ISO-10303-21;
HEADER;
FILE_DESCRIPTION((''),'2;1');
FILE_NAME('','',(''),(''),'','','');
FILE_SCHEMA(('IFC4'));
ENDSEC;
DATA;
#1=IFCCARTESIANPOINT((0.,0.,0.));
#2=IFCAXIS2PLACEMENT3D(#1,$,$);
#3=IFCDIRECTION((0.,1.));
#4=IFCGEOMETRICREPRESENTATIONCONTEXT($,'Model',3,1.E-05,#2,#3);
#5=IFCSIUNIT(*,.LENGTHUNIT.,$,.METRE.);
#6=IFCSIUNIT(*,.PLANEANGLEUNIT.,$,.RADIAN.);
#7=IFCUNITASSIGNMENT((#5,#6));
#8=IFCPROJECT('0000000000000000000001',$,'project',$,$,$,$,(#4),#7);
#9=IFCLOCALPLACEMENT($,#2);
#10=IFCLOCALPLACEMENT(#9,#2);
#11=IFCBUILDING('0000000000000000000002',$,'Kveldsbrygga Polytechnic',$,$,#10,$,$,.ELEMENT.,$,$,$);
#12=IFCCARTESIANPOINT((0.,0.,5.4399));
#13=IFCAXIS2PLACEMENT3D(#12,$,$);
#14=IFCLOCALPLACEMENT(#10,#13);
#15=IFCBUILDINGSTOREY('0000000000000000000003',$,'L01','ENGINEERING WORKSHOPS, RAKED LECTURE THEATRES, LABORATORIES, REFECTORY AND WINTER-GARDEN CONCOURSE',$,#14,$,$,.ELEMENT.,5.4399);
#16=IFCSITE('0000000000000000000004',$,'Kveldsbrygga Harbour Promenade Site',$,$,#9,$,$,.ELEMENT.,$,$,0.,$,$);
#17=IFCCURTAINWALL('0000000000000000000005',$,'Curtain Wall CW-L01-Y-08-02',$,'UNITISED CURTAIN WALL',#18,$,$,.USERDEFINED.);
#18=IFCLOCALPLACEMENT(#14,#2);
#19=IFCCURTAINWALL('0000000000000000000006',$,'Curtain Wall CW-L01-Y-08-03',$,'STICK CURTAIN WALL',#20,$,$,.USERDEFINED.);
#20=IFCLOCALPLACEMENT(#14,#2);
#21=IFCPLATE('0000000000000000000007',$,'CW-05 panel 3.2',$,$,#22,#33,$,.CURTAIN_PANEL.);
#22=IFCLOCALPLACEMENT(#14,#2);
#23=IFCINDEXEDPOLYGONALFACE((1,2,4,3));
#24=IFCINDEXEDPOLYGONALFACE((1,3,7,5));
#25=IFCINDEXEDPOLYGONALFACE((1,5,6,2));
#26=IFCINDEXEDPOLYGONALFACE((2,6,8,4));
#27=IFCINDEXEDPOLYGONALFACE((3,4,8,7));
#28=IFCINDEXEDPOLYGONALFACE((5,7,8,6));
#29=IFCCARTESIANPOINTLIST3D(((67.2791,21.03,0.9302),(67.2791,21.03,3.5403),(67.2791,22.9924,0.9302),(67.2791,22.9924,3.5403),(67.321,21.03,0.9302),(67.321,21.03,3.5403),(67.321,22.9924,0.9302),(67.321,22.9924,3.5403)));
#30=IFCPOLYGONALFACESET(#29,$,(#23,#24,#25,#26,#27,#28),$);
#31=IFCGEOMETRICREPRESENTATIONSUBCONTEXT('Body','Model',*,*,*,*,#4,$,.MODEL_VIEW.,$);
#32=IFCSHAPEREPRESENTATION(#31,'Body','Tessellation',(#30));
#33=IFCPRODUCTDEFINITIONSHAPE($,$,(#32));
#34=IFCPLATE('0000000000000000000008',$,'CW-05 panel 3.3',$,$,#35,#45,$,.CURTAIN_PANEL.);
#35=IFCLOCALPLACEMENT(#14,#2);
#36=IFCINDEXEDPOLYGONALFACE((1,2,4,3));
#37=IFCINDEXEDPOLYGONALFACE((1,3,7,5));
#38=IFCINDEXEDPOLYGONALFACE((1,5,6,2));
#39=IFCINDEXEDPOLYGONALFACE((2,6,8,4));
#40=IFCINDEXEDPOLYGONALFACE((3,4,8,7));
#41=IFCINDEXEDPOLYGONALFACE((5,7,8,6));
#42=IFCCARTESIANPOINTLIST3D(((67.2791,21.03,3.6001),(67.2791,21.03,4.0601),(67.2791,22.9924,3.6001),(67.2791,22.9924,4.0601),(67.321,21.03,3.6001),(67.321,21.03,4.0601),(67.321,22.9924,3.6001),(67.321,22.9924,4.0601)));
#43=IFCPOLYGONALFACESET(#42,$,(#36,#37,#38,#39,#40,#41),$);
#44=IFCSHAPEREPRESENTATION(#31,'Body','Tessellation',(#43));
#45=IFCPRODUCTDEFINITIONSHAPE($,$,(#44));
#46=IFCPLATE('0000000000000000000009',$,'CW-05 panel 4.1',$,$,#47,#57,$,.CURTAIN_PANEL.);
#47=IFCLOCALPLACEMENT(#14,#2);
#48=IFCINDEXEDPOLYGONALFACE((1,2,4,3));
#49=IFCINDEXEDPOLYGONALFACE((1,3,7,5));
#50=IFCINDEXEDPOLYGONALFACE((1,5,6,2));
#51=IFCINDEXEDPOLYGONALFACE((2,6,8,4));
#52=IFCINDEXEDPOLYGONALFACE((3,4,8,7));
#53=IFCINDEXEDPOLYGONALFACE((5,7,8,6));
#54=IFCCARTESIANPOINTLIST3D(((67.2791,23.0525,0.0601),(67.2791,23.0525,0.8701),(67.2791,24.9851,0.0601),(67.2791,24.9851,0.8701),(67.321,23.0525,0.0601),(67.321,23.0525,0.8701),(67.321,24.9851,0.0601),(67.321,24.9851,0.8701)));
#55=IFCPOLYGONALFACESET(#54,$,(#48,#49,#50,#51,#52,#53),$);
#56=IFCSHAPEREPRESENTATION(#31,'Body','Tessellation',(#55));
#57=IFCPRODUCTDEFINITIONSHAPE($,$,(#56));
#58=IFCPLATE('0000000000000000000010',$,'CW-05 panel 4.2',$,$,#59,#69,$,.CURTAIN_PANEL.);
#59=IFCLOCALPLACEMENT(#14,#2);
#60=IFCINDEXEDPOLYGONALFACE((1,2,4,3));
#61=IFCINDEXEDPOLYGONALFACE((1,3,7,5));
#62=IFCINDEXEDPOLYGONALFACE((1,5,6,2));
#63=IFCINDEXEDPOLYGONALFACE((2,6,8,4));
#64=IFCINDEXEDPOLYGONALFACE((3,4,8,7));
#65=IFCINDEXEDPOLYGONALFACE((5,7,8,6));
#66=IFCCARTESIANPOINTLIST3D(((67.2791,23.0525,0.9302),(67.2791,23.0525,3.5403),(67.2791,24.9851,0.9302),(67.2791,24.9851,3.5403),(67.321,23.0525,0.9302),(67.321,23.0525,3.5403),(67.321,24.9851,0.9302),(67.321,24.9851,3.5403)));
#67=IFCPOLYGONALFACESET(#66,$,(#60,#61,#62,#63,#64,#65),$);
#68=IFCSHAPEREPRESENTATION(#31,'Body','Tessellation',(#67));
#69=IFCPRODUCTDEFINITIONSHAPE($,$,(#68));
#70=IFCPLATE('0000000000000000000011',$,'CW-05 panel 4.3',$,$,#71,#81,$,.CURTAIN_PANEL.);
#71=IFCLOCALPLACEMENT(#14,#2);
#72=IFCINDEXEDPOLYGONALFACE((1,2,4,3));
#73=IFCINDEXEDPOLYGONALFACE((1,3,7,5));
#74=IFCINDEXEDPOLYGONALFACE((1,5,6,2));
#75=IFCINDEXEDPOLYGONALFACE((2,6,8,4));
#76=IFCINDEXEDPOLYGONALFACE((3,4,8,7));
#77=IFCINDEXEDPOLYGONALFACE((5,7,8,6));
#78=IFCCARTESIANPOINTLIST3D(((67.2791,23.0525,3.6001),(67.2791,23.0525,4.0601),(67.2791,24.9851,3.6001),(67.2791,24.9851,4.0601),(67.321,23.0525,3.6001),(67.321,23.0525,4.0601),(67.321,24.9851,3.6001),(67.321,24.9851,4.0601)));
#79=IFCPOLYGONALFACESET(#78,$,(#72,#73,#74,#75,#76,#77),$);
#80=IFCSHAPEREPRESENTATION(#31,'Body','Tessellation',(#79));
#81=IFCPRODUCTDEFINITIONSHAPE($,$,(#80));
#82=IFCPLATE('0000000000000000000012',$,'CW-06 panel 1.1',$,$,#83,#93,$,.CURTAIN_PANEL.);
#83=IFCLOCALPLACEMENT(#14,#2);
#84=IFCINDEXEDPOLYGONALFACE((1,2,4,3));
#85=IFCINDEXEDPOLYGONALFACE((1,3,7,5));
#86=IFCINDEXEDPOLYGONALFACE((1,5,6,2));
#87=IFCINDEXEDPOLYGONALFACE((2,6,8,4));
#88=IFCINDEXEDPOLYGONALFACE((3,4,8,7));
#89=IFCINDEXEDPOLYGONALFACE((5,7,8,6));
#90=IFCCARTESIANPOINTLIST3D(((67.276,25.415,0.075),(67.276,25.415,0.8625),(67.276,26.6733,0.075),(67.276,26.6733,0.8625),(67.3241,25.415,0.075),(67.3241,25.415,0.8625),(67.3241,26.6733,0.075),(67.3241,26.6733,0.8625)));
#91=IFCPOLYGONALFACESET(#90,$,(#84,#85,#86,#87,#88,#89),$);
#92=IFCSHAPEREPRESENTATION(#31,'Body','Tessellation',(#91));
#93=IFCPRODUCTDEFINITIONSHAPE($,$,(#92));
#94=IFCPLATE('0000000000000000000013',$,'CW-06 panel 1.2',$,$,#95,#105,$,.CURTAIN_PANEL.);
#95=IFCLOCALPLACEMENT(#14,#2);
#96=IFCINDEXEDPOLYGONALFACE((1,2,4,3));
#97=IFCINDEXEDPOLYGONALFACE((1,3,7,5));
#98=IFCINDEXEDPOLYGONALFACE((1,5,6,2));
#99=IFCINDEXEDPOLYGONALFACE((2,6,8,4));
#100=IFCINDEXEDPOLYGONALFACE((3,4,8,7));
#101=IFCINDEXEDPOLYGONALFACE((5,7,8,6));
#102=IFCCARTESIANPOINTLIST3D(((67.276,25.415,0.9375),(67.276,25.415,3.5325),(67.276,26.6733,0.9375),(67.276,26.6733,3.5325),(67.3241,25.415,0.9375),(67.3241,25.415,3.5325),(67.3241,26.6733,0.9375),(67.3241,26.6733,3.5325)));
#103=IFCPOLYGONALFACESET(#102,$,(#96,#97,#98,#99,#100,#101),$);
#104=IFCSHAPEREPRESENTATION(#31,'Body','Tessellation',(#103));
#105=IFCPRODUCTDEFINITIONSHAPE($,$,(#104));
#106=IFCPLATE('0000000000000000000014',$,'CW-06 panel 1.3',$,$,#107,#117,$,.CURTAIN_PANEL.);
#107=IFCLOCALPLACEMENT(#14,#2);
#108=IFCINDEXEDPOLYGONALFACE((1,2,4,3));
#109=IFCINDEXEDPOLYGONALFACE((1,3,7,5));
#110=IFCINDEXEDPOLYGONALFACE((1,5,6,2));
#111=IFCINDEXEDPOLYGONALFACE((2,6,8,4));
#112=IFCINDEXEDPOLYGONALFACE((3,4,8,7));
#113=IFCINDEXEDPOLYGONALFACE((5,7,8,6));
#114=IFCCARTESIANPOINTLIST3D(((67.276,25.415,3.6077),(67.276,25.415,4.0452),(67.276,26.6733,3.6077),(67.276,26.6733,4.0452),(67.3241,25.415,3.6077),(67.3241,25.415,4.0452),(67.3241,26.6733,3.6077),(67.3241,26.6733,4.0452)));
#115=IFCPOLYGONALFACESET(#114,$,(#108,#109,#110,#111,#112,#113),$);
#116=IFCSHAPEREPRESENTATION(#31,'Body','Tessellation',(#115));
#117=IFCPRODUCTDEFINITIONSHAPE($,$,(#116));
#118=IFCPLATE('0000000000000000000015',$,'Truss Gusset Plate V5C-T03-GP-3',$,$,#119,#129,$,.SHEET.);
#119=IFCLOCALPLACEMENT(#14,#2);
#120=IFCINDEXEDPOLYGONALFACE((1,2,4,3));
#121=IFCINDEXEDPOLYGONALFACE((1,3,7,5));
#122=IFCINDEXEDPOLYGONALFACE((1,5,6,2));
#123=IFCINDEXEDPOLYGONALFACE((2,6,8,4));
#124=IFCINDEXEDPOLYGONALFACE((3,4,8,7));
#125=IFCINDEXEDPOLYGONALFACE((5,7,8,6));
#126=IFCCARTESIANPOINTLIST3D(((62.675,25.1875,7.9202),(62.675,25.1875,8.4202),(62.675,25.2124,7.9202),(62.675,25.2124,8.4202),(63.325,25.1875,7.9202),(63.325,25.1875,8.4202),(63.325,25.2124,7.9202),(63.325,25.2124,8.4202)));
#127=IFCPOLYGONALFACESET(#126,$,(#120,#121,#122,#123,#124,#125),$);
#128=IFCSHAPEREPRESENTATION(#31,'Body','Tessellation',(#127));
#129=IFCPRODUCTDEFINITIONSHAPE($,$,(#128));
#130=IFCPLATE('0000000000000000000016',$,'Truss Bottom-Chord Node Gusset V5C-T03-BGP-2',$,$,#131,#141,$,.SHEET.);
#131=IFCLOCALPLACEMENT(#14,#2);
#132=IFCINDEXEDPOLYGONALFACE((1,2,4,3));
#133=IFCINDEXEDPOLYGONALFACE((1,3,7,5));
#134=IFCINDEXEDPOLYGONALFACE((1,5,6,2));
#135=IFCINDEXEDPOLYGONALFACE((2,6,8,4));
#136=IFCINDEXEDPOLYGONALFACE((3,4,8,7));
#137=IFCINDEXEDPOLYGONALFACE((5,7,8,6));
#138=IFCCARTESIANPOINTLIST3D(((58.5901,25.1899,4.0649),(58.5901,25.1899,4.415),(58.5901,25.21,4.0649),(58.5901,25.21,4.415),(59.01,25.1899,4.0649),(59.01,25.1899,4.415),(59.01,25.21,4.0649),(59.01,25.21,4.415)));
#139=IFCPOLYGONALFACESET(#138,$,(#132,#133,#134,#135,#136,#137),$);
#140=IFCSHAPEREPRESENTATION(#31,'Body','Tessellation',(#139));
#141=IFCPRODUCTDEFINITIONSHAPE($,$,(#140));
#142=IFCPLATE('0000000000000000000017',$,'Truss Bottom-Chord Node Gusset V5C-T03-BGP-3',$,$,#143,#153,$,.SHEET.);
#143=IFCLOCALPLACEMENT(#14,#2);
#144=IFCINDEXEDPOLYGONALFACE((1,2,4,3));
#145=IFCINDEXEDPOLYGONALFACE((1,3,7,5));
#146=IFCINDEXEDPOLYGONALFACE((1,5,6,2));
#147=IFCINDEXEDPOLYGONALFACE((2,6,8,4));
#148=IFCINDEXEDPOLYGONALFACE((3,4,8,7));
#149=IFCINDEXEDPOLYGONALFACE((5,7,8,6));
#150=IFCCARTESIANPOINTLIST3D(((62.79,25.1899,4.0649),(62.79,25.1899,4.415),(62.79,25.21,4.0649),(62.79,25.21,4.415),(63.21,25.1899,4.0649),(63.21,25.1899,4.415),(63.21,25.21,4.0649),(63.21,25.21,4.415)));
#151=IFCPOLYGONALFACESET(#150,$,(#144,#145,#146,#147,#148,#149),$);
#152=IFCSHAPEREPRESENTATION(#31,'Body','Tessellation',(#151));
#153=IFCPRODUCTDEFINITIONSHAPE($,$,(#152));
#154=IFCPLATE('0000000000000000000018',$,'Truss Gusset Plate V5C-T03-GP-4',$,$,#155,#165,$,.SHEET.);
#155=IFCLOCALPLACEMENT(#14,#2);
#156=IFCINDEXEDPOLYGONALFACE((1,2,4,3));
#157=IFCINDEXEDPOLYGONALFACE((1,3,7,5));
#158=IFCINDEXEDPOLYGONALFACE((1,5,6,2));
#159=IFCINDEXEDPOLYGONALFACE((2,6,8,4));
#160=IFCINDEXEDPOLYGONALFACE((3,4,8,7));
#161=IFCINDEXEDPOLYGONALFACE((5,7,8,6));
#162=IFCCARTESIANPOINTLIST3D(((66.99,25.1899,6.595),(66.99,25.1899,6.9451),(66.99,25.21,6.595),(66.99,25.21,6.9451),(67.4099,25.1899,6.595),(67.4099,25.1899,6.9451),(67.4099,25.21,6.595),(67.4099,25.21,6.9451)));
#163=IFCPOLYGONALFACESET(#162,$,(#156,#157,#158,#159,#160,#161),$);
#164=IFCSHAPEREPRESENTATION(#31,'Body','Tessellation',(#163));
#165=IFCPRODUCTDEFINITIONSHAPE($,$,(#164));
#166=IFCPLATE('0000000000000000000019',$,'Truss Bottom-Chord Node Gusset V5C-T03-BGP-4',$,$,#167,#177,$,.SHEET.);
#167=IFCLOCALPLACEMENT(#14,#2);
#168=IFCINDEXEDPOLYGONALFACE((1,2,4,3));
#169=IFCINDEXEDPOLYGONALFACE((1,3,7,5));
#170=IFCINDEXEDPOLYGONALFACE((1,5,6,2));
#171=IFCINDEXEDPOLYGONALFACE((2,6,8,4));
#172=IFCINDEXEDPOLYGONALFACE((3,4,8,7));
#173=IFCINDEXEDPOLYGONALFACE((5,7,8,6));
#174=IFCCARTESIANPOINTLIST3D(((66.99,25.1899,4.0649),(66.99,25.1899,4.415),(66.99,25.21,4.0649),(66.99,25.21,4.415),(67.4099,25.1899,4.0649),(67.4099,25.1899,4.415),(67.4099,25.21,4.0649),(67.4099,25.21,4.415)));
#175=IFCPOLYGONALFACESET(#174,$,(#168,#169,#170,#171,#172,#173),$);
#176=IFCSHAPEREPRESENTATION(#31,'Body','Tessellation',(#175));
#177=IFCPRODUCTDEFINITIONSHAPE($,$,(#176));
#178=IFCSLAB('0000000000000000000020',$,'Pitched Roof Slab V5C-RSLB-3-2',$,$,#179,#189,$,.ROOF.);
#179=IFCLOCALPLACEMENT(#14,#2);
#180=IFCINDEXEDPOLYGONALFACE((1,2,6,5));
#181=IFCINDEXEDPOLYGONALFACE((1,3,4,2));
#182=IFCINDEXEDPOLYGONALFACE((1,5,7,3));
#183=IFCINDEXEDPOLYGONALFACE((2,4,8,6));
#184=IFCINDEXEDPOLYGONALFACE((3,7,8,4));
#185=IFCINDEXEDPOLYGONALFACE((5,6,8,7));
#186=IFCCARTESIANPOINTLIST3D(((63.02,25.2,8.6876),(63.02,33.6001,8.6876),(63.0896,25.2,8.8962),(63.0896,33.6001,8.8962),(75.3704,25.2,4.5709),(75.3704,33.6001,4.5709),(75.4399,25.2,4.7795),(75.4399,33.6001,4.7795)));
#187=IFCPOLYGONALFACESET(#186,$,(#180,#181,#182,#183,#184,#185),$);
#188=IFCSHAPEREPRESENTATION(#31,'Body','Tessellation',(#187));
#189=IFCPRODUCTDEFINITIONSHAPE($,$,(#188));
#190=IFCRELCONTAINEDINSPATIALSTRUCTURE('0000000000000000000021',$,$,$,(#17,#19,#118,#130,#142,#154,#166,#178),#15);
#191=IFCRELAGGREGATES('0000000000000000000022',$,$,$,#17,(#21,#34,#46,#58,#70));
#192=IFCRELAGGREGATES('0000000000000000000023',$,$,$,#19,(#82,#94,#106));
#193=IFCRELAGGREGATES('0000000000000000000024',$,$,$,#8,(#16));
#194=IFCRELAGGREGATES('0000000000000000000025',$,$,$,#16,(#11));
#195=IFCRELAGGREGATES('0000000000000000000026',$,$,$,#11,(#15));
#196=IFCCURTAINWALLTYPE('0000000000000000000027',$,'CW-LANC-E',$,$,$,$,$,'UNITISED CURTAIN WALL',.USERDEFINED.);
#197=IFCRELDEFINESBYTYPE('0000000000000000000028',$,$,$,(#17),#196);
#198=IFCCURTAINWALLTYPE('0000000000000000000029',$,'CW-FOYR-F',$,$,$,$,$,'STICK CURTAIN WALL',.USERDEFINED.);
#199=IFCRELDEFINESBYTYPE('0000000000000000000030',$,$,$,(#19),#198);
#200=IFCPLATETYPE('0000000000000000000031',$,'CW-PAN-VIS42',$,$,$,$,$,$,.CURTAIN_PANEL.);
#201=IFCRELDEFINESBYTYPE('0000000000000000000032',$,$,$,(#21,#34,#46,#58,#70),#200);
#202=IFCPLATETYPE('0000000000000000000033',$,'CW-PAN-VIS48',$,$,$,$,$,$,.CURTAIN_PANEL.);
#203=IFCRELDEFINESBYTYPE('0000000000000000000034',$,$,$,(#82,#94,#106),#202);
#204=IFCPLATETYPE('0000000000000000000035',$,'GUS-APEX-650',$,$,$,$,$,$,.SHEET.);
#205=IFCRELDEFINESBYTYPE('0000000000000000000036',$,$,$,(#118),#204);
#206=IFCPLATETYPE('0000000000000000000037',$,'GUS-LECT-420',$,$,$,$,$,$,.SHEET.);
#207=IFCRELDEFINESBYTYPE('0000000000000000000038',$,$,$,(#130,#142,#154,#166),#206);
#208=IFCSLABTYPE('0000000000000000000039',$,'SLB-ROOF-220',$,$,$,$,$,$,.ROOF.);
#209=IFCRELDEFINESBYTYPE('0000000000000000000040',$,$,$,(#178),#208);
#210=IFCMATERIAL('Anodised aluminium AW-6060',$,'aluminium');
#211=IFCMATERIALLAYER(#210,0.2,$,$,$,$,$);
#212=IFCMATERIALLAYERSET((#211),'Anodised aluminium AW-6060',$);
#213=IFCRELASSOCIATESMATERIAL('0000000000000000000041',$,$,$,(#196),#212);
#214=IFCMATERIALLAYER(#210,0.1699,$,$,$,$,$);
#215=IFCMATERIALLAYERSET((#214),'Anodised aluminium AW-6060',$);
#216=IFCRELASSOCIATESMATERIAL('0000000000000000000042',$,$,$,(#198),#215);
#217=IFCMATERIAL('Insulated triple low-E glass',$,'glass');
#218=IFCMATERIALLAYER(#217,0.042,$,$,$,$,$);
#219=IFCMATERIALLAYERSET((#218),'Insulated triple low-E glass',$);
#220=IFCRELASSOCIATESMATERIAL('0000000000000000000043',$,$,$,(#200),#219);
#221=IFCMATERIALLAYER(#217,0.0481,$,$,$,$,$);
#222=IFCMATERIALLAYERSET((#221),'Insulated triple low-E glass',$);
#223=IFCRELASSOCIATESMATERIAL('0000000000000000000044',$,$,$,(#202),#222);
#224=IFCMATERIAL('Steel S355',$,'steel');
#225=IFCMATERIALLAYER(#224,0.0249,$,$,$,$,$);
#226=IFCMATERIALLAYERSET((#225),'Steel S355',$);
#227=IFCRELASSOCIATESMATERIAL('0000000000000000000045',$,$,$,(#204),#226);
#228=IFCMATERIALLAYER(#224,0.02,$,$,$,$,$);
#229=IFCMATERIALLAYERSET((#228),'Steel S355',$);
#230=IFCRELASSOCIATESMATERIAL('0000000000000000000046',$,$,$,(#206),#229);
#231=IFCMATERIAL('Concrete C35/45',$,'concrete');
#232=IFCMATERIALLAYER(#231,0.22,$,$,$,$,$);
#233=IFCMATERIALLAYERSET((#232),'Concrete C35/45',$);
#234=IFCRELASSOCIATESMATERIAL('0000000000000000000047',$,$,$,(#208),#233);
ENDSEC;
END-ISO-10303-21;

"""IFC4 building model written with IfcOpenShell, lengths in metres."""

from ifc_helpers import new_model, si_unit, direction, frame, origin, origin_2d, place, context, subcontext, project, spatial, polyline, rectangle, outline, extrude, material, layer, layer_set, type_object, element, aggregate, save


model = new_model("IFC4")

# Units and contexts
model_context = context("Model", 3, precision=1e-05, world=origin(), true_north=direction((0.0, 1.0)))
body_context = subcontext(model_context, "Body", "Model", "MODEL_VIEW")
ifc_project = project(units=[si_unit("LENGTHUNIT", "METRE"), si_unit("PLANEANGLEUNIT", "RADIAN")], contexts=[model_context])

# Site, building, storey
site_placement = place(None, origin())
site = spatial("IfcSite", under=ifc_project, at=site_placement, Name="Kveldsbrygga Harbour Promenade Site", CompositionType="ELEMENT", RefElevation=0.0)
building_placement = place(site_placement, origin())
building = spatial("IfcBuilding", under=site, at=building_placement, Name="Kveldsbrygga Polytechnic", CompositionType="ELEMENT")
storey_placement = place(building_placement, frame((0.0, 0.0, 5.4399)))
storey = spatial("IfcBuildingStorey", under=building, at=storey_placement, Name="L01", Description="ENGINEERING WORKSHOPS, RAKED LECTURE THEATRES, LABORATORIES, REFECTORY AND WINTER-GARDEN CONCOURSE", CompositionType="ELEMENT", Elevation=5.4399)

# Shared definitions
ifc_material_1 = material(Name="Steel S355", Category="steel")

# Curtain walls
ifc_material_2 = material(Name="Anodised aluminium AW-6060", Category="aluminium")
ifc_layer_1 = layer(ifc_material_2, 0.2)
ifc_layer_set_1 = layer_set([ifc_layer_1], Name="Anodised aluminium AW-6060")
curtain_wall_type_1 = type_object("IfcCurtainWallType", Name="CW-LANC-E", ElementType="UNITISED CURTAIN WALL", PredefinedType="USERDEFINED", material=ifc_layer_set_1)
curtain_wall_1_placement = place(storey_placement, origin())
curtain_wall_1 = element("IfcCurtainWall", 1, at=curtain_wall_1_placement, inside=storey, type_object=curtain_wall_type_1, Name="Curtain Wall CW-L01-Y-08-02", ObjectType="UNITISED CURTAIN WALL", PredefinedType="USERDEFINED")
ifc_layer_2 = layer(ifc_material_2, 0.1699)
ifc_layer_set_2 = layer_set([ifc_layer_2], Name="Anodised aluminium AW-6060")
curtain_wall_type_2 = type_object("IfcCurtainWallType", Name="CW-FOYR-F", ElementType="STICK CURTAIN WALL", PredefinedType="USERDEFINED", material=ifc_layer_set_2)
curtain_wall_2_placement = place(storey_placement, origin())
curtain_wall_2 = element("IfcCurtainWall", 2, at=curtain_wall_2_placement, inside=storey, type_object=curtain_wall_type_2, Name="Curtain Wall CW-L01-Y-08-03", ObjectType="STICK CURTAIN WALL", PredefinedType="USERDEFINED")

# Plates
ifc_material_3 = material(Name="Insulated triple low-E glass", Category="glass")
ifc_layer_3 = layer(ifc_material_3, 0.042)
ifc_layer_set_3 = layer_set([ifc_layer_3], Name="Insulated triple low-E glass")
plate_type_1 = type_object("IfcPlateType", Name="CW-PAN-VIS42", PredefinedType="CURTAIN_PANEL", material=ifc_layer_set_3)
plate_1_placement = place(storey_placement, frame((67.3, 22.0112, 0.9302), z_axis=(0.0, 0.0, 1.0), x_axis=(0.0, 1.0, 0.0)))
plate_1 = element("IfcPlate", 3, at=plate_1_placement, type_object=plate_type_1, Name="CW-05 panel 3.2", PredefinedType="CURTAIN_PANEL", context=body_context, shape_type="SweptSolid", body=[
    extrude(rectangle(XDim=1.9624, YDim=0.042, at=origin_2d()), origin(), (0.0, 0.0, 1.0), 2.6101),
])
plate_2_placement = place(storey_placement, frame((67.3, 22.0112, 3.6001), z_axis=(0.0, 0.0, 1.0), x_axis=(0.0, 1.0, 0.0)))
plate_2 = element("IfcPlate", 4, at=plate_2_placement, type_object=plate_type_1, Name="CW-05 panel 3.3", PredefinedType="CURTAIN_PANEL", context=body_context, shape_type="SweptSolid", body=[
    extrude(rectangle(XDim=1.9624, YDim=0.042, at=origin_2d()), origin(), (0.0, 0.0, 1.0), 0.46),
])
plate_3_placement = place(storey_placement, frame((67.3, 24.0188, 0.0601), z_axis=(0.0, 0.0, 1.0), x_axis=(0.0, 1.0, 0.0)))
plate_3 = element("IfcPlate", 5, at=plate_3_placement, type_object=plate_type_1, Name="CW-05 panel 4.1", PredefinedType="CURTAIN_PANEL", context=body_context, shape_type="SweptSolid", body=[
    extrude(rectangle(XDim=1.9326, YDim=0.042, at=origin_2d()), origin(), (0.0, 0.0, 1.0), 0.8101),
])
plate_4_placement = place(storey_placement, frame((67.3, 24.0188, 0.9302), z_axis=(0.0, 0.0, 1.0), x_axis=(0.0, 1.0, 0.0)))
plate_4 = element("IfcPlate", 6, at=plate_4_placement, type_object=plate_type_1, Name="CW-05 panel 4.2", PredefinedType="CURTAIN_PANEL", context=body_context, shape_type="SweptSolid", body=[
    extrude(rectangle(XDim=1.9326, YDim=0.042, at=origin_2d()), origin(), (0.0, 0.0, 1.0), 2.6101),
])
plate_5_placement = place(storey_placement, frame((67.3, 24.0188, 3.6001), z_axis=(0.0, 0.0, 1.0), x_axis=(0.0, 1.0, 0.0)))
plate_5 = element("IfcPlate", 7, at=plate_5_placement, type_object=plate_type_1, Name="CW-05 panel 4.3", PredefinedType="CURTAIN_PANEL", context=body_context, shape_type="SweptSolid", body=[
    extrude(rectangle(XDim=1.9326, YDim=0.042, at=origin_2d()), origin(), (0.0, 0.0, 1.0), 0.46),
])
aggregate(curtain_wall_1, [plate_1, plate_2, plate_3, plate_4, plate_5])
ifc_layer_4 = layer(ifc_material_3, 0.0481)
ifc_layer_set_4 = layer_set([ifc_layer_4], Name="Insulated triple low-E glass")
plate_type_2 = type_object("IfcPlateType", Name="CW-PAN-VIS48", PredefinedType="CURTAIN_PANEL", material=ifc_layer_set_4)
plate_6_placement = place(storey_placement, frame((67.3, 26.0442, 0.075), z_axis=(0.0, 0.0, 1.0), x_axis=(0.0, 1.0, 0.0)))
plate_6 = element("IfcPlate", 8, at=plate_6_placement, type_object=plate_type_2, Name="CW-06 panel 1.1", PredefinedType="CURTAIN_PANEL", context=body_context, shape_type="SweptSolid", body=[
    extrude(rectangle(XDim=1.2583, YDim=0.0481, at=origin_2d()), origin(), (0.0, 0.0, 1.0), 0.7876),
])
plate_7_placement = place(storey_placement, frame((67.3, 26.0442, 0.9375), z_axis=(0.0, 0.0, 1.0), x_axis=(0.0, 1.0, 0.0)))
plate_7 = element("IfcPlate", 9, at=plate_7_placement, type_object=plate_type_2, Name="CW-06 panel 1.2", PredefinedType="CURTAIN_PANEL", context=body_context, shape_type="SweptSolid", body=[
    extrude(rectangle(XDim=1.2583, YDim=0.0481, at=origin_2d()), origin(), (0.0, 0.0, 1.0), 2.595),
])
plate_8_placement = place(storey_placement, frame((67.3, 26.0442, 3.6077), z_axis=(0.0, 0.0, 1.0), x_axis=(0.0, 1.0, 0.0)))
plate_8 = element("IfcPlate", 10, at=plate_8_placement, type_object=plate_type_2, Name="CW-06 panel 1.3", PredefinedType="CURTAIN_PANEL", context=body_context, shape_type="SweptSolid", body=[
    extrude(rectangle(XDim=1.2583, YDim=0.0481, at=origin_2d()), origin(), (0.0, 0.0, 1.0), 0.4375),
])
aggregate(curtain_wall_2, [plate_6, plate_7, plate_8])

# Plates
ifc_layer_5 = layer(ifc_material_1, 0.0249)
ifc_layer_set_5 = layer_set([ifc_layer_5], Name="Steel S355")
plate_type_3 = type_object("IfcPlateType", Name="GUS-APEX-650", PredefinedType="SHEET", material=ifc_layer_set_5)
plate_9_placement = place(storey_placement, frame((63.0, 25.2, 7.9202), z_axis=(0.0, 0.0, 1.0), x_axis=(1.0, 0.0, 0.0)))
element("IfcPlate", 11, at=plate_9_placement, inside=storey, type_object=plate_type_3, Name="Truss Gusset Plate V5C-T03-GP-3", PredefinedType="SHEET", context=body_context, shape_type="SweptSolid", body=[
    extrude(rectangle(XDim=0.6499, YDim=0.0249, at=origin_2d()), origin(), (0.0, 0.0, 1.0), 0.5),
])
ifc_layer_6 = layer(ifc_material_1, 0.02)
ifc_layer_set_6 = layer_set([ifc_layer_6], Name="Steel S355")
plate_type_4 = type_object("IfcPlateType", Name="GUS-LECT-420", PredefinedType="SHEET", material=ifc_layer_set_6)
for number, where, z_axis, x_axis, name in (
    (12, (58.8, 25.2, 4.0649), (0.0, 0.0, 1.0), (1.0, 0.0, 0.0), "Truss Bottom-Chord Node Gusset V5C-T03-BGP-2"),
    (13, (63.0, 25.2, 4.0649), (0.0, 0.0, 1.0), (1.0, 0.0, 0.0), "Truss Bottom-Chord Node Gusset V5C-T03-BGP-3"),
    (14, (67.2, 25.2, 6.595), (0.0, 0.0, 1.0), (1.0, 0.0, 0.0), "Truss Gusset Plate V5C-T03-GP-4"),
    (15, (67.2, 25.2, 4.0649), (0.0, 0.0, 1.0), (1.0, 0.0, 0.0), "Truss Bottom-Chord Node Gusset V5C-T03-BGP-4"),
):
    element("IfcPlate", number, at=place(storey_placement, frame(where, z_axis=z_axis, x_axis=x_axis)), inside=storey, type_object=plate_type_4, Name=name, PredefinedType="SHEET", context=body_context, shape_type="SweptSolid", body=[
        extrude(rectangle(XDim=0.4199, YDim=0.02, at=origin_2d()), origin(), (0.0, 0.0, 1.0), 0.3501),
    ])

# Slab
ifc_material_4 = material(Name="Concrete C35/45", Category="concrete")
ifc_layer_7 = layer(ifc_material_4, 0.22)
ifc_layer_set_7 = layer_set([ifc_layer_7], Name="Concrete C35/45")
slab_type = type_object("IfcSlabType", Name="SLB-ROOF-220", PredefinedType="ROOF", material=ifc_layer_set_7)
slab_placement = place(storey_placement, frame((63.0896, 25.2, 8.8962), z_axis=(0.316222, 0.0, 0.948685), x_axis=(0.948685, 0.0, -0.316222)))
element("IfcSlab", 16, at=slab_placement, inside=storey, type_object=slab_type, Name="Pitched Roof Slab V5C-RSLB-3-2", PredefinedType="ROOF", context=body_context, shape_type="SweptSolid", body=[
    extrude(outline(polyline([(0.0, 0.0), (13.0184, 0.0), (13.0184, 8.4001), (0.0, 8.4001), (0.0, 0.0)])), origin(), (0.0, 0.0, -1.0), 0.22),
])

save(model, "model.ifc")
